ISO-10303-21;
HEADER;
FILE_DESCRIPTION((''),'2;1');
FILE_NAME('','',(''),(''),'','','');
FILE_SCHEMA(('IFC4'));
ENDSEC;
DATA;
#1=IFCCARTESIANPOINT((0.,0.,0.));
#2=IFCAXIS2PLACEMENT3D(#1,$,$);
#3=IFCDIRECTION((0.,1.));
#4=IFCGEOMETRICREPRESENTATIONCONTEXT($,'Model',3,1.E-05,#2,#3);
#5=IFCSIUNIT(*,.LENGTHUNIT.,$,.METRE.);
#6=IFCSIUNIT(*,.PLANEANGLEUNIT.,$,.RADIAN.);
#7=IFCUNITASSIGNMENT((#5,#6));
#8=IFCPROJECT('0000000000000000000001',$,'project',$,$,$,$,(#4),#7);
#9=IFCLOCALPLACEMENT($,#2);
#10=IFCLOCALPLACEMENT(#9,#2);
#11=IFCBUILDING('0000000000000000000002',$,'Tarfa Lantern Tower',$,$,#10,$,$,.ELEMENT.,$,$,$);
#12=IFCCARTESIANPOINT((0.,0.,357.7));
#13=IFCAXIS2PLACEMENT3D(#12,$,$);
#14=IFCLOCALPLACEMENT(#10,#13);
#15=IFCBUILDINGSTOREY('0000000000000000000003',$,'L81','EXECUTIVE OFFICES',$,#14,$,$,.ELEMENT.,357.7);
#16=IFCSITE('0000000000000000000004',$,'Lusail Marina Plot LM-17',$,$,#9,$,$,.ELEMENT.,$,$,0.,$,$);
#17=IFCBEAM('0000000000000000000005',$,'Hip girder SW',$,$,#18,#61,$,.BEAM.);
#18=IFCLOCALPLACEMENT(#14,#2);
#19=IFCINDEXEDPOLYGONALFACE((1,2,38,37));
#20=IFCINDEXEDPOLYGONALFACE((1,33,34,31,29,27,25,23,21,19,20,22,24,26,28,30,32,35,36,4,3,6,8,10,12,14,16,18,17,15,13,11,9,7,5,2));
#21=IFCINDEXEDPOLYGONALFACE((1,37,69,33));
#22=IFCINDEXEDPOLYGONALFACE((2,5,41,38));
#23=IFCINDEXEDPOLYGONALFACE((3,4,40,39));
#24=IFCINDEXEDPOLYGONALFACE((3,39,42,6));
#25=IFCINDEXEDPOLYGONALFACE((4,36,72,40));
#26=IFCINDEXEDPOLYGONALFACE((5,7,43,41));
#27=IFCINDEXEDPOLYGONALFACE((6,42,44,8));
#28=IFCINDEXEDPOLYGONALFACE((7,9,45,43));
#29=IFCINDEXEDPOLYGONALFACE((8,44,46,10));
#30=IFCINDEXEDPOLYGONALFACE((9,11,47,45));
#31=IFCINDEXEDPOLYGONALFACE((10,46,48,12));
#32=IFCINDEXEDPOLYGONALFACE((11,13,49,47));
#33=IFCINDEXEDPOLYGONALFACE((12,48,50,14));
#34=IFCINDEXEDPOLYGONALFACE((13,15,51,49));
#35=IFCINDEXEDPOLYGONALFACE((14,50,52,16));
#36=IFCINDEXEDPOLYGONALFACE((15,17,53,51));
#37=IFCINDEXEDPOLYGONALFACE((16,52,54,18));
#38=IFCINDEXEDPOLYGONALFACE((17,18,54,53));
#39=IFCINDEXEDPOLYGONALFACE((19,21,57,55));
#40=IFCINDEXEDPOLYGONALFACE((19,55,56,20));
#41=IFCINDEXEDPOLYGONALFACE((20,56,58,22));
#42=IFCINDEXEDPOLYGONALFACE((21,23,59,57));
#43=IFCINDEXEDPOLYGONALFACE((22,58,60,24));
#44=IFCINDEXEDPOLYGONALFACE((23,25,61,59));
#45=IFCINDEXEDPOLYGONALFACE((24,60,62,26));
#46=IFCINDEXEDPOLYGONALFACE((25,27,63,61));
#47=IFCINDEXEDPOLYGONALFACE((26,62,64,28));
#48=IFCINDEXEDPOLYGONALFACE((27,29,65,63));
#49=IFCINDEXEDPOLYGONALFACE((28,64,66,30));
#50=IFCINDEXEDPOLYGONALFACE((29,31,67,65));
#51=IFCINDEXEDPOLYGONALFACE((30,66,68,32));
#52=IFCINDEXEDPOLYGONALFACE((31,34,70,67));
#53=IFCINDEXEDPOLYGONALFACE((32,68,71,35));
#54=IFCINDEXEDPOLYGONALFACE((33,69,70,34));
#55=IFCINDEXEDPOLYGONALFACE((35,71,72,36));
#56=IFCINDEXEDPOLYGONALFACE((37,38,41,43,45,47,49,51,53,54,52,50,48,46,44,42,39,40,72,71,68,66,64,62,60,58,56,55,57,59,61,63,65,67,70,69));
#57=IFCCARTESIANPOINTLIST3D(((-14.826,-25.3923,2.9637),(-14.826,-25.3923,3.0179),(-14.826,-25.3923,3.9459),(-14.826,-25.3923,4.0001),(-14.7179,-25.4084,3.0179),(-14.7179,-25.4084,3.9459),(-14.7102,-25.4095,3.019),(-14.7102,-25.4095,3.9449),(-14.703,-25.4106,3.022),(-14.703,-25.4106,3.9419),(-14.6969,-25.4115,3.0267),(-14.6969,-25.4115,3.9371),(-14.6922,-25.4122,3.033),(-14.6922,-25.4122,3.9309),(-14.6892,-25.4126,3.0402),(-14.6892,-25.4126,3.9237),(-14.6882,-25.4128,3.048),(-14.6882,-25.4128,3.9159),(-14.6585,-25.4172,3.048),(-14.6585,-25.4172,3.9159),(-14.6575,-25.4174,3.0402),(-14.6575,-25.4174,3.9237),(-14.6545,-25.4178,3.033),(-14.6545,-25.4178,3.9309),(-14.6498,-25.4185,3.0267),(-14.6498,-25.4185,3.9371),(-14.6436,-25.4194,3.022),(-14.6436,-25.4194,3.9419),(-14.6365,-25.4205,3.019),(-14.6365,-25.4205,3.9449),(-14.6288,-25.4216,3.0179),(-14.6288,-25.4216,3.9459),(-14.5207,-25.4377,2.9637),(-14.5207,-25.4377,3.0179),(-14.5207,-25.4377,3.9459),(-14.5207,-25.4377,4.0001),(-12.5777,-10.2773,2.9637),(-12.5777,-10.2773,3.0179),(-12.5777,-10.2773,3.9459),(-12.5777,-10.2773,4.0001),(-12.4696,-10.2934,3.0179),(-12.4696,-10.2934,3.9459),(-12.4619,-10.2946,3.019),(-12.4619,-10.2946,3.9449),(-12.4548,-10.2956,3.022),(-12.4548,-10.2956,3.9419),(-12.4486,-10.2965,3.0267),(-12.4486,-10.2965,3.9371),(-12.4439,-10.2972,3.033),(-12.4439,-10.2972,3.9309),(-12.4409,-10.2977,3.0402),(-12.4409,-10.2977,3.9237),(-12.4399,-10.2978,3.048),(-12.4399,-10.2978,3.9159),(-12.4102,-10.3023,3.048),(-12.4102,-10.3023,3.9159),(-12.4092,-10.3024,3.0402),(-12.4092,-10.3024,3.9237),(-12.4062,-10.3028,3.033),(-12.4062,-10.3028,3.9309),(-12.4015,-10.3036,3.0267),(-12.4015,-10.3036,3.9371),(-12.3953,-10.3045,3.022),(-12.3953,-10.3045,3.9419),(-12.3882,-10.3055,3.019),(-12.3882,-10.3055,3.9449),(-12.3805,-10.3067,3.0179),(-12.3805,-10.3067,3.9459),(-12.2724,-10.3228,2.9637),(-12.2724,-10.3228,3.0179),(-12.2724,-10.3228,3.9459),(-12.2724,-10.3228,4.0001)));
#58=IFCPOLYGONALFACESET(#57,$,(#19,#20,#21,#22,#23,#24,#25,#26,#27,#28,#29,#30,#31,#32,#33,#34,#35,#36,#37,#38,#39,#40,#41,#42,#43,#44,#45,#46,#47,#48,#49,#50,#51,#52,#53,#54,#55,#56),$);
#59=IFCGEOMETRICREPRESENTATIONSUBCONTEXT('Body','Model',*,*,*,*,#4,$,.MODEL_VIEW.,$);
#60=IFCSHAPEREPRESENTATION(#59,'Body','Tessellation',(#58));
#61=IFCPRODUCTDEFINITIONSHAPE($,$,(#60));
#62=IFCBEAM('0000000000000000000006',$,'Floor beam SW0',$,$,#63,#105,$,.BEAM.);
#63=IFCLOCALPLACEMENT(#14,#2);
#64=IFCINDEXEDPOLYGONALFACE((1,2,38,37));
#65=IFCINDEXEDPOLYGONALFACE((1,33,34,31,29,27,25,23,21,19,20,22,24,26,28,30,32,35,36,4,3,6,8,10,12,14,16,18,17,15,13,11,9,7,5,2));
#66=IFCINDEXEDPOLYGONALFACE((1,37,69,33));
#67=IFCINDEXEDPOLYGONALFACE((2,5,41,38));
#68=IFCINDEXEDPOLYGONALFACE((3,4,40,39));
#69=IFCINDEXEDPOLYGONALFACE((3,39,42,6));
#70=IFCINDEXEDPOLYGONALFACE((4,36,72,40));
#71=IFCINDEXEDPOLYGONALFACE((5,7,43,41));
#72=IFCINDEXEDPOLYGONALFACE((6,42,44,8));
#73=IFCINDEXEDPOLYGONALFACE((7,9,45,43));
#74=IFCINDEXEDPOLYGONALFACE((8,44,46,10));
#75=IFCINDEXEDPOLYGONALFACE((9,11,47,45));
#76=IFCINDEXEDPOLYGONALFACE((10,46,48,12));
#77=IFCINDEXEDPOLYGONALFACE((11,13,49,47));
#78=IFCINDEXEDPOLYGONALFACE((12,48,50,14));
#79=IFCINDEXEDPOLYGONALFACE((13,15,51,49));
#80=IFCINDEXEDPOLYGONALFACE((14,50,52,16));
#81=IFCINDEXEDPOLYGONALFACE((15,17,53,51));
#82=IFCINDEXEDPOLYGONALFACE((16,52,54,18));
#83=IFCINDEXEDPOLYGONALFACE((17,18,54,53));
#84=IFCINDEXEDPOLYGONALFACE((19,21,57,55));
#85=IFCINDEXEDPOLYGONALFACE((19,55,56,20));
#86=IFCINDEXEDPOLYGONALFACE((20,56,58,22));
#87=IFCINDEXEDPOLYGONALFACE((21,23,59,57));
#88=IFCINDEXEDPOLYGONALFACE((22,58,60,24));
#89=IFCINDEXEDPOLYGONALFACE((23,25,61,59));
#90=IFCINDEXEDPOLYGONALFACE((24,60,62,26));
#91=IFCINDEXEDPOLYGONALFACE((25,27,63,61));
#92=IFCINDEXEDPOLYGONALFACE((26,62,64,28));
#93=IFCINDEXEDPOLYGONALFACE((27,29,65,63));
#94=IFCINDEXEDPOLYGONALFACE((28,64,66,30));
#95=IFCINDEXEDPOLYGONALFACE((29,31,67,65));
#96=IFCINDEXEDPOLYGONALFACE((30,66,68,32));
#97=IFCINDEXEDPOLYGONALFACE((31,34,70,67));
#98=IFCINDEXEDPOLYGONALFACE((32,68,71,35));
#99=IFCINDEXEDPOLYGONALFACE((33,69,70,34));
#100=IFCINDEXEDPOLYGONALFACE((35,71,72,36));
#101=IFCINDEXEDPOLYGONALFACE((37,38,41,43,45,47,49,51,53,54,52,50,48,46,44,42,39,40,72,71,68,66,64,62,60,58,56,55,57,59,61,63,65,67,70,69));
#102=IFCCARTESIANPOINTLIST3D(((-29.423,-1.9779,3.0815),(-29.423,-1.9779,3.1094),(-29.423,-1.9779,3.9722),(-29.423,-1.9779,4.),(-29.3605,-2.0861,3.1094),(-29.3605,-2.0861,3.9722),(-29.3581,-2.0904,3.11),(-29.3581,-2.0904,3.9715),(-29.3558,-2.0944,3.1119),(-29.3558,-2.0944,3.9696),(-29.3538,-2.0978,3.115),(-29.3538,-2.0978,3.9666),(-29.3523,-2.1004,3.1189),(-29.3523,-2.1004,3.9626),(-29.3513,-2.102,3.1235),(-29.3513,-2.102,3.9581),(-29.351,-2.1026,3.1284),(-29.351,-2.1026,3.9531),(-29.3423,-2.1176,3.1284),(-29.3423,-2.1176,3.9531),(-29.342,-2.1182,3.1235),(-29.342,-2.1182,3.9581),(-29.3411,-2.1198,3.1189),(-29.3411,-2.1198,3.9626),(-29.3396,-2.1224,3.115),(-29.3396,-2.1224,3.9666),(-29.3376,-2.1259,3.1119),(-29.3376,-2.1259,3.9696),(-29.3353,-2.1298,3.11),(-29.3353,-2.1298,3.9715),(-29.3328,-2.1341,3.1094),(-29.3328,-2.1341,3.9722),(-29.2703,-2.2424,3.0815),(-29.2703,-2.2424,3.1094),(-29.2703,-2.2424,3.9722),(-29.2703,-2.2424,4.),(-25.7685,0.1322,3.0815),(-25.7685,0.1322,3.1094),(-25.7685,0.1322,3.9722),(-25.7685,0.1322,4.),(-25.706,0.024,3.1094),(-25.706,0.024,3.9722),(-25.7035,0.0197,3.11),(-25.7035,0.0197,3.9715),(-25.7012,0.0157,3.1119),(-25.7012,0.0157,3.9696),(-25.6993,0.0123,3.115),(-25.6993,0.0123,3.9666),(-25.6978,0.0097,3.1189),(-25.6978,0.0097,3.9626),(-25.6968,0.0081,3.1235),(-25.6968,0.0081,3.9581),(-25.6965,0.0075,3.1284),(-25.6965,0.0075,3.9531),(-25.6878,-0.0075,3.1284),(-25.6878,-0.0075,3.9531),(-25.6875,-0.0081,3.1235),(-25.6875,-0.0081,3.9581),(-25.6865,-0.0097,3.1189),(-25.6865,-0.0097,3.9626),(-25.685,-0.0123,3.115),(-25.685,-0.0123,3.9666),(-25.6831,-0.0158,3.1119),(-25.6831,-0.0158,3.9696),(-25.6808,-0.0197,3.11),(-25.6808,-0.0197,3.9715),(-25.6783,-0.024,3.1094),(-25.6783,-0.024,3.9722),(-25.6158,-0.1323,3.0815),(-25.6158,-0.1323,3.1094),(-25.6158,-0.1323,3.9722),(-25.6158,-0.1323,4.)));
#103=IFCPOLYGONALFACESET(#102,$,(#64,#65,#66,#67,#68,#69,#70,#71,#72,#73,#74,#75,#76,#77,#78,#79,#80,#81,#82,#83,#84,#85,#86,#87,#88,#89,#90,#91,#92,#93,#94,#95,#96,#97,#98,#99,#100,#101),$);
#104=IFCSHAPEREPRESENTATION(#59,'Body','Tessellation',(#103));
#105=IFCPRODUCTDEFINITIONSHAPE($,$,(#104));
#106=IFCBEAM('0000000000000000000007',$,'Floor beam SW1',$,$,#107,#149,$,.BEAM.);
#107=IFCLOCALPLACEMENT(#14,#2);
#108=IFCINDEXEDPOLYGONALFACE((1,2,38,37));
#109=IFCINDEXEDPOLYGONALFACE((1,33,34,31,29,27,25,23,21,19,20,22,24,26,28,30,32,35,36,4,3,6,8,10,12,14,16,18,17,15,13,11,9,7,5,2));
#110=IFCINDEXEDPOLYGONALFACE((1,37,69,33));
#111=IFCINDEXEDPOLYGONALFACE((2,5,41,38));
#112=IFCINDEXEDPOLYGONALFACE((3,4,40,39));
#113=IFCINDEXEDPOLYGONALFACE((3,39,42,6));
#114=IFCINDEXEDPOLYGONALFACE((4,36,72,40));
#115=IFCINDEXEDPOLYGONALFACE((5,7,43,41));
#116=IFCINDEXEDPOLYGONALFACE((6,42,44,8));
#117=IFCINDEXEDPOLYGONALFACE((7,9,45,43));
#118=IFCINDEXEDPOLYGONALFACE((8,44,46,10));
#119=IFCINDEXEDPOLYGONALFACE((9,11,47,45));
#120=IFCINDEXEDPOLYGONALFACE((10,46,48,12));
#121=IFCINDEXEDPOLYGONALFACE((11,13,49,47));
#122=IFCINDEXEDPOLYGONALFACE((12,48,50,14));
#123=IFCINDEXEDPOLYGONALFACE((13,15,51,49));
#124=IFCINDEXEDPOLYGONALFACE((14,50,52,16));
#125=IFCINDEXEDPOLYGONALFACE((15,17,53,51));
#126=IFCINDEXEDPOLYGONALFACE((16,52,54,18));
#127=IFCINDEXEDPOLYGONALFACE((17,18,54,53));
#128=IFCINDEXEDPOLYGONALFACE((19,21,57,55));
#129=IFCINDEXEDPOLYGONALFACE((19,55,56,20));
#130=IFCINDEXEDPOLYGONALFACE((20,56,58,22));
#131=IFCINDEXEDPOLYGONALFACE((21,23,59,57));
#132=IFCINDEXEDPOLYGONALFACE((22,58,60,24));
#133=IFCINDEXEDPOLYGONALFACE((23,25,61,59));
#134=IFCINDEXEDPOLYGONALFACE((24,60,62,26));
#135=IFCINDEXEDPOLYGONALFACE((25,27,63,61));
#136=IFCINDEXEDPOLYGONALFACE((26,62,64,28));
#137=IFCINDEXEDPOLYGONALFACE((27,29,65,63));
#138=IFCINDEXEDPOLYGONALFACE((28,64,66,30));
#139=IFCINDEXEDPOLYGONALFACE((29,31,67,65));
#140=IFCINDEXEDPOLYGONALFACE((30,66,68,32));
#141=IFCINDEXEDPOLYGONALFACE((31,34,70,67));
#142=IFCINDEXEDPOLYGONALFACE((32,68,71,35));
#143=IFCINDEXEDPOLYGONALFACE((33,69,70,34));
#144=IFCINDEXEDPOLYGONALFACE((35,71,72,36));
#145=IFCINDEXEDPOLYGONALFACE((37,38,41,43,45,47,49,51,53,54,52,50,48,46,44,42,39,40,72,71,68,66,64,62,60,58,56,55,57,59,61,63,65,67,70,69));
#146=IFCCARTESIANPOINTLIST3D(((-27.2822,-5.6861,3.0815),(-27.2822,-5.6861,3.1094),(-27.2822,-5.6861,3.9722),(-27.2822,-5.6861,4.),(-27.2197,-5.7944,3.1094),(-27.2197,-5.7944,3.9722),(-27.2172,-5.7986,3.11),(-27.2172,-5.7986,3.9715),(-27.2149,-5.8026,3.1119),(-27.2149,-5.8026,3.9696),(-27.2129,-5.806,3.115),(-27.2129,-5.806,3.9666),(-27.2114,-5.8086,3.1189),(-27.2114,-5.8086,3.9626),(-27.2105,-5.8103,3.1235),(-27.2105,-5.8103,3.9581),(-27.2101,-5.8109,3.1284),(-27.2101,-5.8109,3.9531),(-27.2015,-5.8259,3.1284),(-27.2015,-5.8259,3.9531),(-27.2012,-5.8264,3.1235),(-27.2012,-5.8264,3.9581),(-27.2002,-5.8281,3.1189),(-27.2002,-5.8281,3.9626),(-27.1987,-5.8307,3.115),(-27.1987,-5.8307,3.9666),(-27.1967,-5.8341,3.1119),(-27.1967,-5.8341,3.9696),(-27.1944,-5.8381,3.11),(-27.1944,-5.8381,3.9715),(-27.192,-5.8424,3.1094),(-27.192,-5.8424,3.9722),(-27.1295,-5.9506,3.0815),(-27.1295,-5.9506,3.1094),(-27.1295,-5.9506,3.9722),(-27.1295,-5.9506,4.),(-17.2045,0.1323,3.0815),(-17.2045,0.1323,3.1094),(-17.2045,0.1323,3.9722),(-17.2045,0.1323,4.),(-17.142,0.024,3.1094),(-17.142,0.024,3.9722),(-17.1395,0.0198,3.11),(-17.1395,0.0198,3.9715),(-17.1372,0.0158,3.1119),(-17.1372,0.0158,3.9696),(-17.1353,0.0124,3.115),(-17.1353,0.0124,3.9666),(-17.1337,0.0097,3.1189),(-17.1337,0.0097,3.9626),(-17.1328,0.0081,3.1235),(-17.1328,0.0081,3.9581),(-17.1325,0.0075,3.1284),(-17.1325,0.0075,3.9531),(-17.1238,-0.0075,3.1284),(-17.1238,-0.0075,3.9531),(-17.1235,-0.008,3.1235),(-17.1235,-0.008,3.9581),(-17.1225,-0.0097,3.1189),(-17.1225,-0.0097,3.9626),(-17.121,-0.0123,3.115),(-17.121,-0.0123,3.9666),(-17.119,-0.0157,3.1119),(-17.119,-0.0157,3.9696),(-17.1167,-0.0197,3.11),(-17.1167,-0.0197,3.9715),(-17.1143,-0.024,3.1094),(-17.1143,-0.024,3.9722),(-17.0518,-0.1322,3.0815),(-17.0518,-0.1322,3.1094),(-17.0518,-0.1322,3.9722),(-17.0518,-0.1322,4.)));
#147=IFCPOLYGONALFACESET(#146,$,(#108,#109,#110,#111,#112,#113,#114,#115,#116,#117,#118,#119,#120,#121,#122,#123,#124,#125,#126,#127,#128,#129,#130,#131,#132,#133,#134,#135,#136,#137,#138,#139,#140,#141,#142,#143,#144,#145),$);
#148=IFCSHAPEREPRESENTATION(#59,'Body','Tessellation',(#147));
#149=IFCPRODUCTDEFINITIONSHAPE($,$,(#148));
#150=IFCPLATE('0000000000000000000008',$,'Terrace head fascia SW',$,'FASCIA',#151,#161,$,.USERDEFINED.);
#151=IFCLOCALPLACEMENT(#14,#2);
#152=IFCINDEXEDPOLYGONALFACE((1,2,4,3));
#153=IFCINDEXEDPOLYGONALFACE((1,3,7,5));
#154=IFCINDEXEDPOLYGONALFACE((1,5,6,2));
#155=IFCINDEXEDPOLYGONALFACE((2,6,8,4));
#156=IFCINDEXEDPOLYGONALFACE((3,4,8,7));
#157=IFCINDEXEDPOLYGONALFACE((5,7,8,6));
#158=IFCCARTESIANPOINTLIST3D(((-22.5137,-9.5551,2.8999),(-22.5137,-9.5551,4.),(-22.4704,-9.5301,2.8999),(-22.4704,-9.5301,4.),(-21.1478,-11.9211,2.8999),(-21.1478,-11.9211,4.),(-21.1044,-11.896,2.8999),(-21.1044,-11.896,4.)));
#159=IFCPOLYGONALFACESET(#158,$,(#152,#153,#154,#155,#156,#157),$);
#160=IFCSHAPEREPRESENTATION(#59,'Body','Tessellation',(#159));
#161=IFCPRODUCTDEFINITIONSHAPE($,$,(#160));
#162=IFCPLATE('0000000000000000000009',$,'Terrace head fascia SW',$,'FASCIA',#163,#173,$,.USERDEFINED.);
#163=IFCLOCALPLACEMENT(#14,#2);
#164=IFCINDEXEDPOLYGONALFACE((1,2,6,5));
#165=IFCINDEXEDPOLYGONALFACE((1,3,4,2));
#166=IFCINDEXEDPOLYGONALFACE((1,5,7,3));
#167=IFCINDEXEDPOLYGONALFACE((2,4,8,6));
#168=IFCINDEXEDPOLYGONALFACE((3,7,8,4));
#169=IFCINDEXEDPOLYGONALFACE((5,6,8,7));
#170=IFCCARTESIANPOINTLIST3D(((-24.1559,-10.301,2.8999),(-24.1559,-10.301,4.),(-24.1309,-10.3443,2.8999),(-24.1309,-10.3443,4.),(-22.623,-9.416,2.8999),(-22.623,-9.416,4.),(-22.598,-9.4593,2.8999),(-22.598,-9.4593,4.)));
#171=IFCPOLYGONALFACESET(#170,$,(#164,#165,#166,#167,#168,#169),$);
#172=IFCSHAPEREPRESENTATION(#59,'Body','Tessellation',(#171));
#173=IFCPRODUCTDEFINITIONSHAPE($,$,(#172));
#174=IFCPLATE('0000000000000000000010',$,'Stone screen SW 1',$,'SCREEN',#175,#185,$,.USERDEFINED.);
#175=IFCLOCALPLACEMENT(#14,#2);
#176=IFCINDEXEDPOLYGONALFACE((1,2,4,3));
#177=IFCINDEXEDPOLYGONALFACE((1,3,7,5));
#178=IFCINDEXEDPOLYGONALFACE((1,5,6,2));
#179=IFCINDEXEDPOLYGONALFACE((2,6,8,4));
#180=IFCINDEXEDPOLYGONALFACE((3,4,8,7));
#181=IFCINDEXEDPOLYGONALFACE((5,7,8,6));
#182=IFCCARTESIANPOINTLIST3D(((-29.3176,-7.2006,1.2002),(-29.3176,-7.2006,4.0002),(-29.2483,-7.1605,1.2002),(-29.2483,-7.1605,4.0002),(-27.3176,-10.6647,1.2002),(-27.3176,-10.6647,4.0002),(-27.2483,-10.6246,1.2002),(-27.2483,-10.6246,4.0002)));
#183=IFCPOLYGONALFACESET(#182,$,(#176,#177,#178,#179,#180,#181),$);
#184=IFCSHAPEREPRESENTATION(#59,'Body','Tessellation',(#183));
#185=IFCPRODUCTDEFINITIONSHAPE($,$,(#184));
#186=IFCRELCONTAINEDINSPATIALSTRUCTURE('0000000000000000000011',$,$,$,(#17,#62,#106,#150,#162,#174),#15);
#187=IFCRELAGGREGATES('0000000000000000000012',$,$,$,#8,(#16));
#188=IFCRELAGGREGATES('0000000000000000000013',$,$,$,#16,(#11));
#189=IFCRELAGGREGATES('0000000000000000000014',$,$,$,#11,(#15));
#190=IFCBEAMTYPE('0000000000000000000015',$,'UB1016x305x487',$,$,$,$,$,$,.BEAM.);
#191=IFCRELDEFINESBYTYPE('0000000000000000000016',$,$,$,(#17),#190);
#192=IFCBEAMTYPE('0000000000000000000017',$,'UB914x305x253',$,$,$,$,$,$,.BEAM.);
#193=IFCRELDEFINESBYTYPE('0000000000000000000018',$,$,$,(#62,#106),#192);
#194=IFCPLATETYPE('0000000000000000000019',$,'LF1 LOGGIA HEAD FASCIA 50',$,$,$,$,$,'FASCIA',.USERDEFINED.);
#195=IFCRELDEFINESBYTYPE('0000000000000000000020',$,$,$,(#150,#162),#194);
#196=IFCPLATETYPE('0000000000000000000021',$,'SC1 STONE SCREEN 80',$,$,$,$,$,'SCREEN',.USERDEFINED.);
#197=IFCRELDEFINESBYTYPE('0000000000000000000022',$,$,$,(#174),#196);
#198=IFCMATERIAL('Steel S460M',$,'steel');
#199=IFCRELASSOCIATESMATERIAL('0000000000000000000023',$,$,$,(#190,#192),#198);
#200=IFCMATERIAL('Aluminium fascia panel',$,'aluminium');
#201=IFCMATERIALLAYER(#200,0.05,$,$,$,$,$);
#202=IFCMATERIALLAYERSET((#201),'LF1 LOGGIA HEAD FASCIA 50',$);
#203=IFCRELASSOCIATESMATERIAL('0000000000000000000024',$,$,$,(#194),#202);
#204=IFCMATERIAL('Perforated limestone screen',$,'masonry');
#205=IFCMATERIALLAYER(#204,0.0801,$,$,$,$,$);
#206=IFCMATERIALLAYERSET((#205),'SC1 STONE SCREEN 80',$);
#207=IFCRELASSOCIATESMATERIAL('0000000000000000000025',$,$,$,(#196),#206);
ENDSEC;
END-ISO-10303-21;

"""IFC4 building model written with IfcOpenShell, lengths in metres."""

from ifc_helpers import new_model, si_unit, direction, frame, origin, origin_2d, place, context, subcontext, project, spatial, rectangle, i_section, extrude, material, layer, layer_set, material_profile, profile_set, type_object, element, save


model = new_model("IFC4")

# Units and contexts
model_context = context("Model", 3, precision=1e-05, world=origin(), true_north=direction((0.0, 1.0)))
body_context = subcontext(model_context, "Body", "Model", "MODEL_VIEW")
ifc_project = project(units=[si_unit("LENGTHUNIT", "METRE"), si_unit("PLANEANGLEUNIT", "RADIAN")], contexts=[model_context])

# Site, building, storey
site_placement = place(None, origin())
site = spatial("IfcSite", under=ifc_project, at=site_placement, Name="Lusail Marina Plot LM-17", CompositionType="ELEMENT", RefElevation=0.0)
building_placement = place(site_placement, origin())
building = spatial("IfcBuilding", under=site, at=building_placement, Name="Tarfa Lantern Tower", CompositionType="ELEMENT")
storey_placement = place(building_placement, frame((0.0, 0.0, 357.7)))
storey = spatial("IfcBuildingStorey", under=building, at=storey_placement, Name="L81", Description="EXECUTIVE OFFICES", CompositionType="ELEMENT", Elevation=357.7)

# Beams
ifc_material_1 = material(Name="Steel S460M", Category="steel")
ifc_material_profile_1 = material_profile(ifc_material_1, i_section(OverallWidth=0.3086, OverallDepth=1.0364, WebThickness=0.03, FlangeThickness=0.0542, FilletRadius=0.03, at=origin_2d()), Name="UB1016x305x487")
ifc_profile_set_1 = profile_set([ifc_material_profile_1], Name="Steel S460M")
beam_type_1 = type_object("IfcBeamType", Name="UB1016x305x487", PredefinedType="BEAM", material=ifc_profile_set_1)
beam_1_placement = place(storey_placement, frame((-12.425, -10.3, 3.4819), z_axis=(-0.147127, -0.989118, 0.0), x_axis=(0.989118, -0.147127, 0.0)))
element("IfcBeam", 1, at=beam_1_placement, inside=storey, type_object=beam_type_1, Name="Hip girder SW", PredefinedType="BEAM", context=body_context, shape_type="SweptSolid", body=[
    extrude(i_section(OverallWidth=0.3086, OverallDepth=1.0364, WebThickness=0.03, FlangeThickness=0.0542, FilletRadius=0.03, at=origin_2d()), origin(), (0.0, 0.0, 1.0), 15.2812),
])
ifc_material_profile_2 = material_profile(ifc_material_1, i_section(OverallWidth=0.3054, OverallDepth=0.9185, WebThickness=0.0173, FlangeThickness=0.0278, FilletRadius=0.019, at=origin_2d()), Name="UB914x305x253")
ifc_profile_set_2 = profile_set([ifc_material_profile_2], Name="Steel S460M")
beam_type_2 = type_object("IfcBeamType", Name="UB914x305x253", PredefinedType="BEAM", material=ifc_profile_set_2)
beam_2_placement = place(storey_placement, frame((-29.3467, -2.1101, 3.5408), z_axis=(0.866009, 0.500028, 0.0), x_axis=(-0.500028, 0.866009, 0.0)))
element("IfcBeam", 2, at=beam_2_placement, inside=storey, type_object=beam_type_2, Name="Floor beam SW0", PredefinedType="BEAM", context=body_context, shape_type="SweptSolid", body=[
    extrude(i_section(OverallWidth=0.3054, OverallDepth=0.9185, WebThickness=0.0173, FlangeThickness=0.0278, FilletRadius=0.019, at=origin_2d()), origin(), (0.0, 0.0, 1.0), 4.22),
])
beam_3_placement = place(storey_placement, frame((-27.2058, -5.8184, 3.5408), z_axis=(0.866024, 0.500002, 0.0), x_axis=(-0.500002, 0.866024, 0.0)))
element("IfcBeam", 3, at=beam_3_placement, inside=storey, type_object=beam_type_2, Name="Floor beam SW1", PredefinedType="BEAM", context=body_context, shape_type="SweptSolid", body=[
    extrude(i_section(OverallWidth=0.3054, OverallDepth=0.9185, WebThickness=0.0173, FlangeThickness=0.0278, FilletRadius=0.019, at=origin_2d()), origin(), (0.0, 0.0, 1.0), 11.6367),
])

# Plates
ifc_material_2 = material(Name="Aluminium fascia panel", Category="aluminium")
ifc_layer_1 = layer(ifc_material_2, 0.05)
ifc_layer_set_1 = layer_set([ifc_layer_1], Name="LF1 LOGGIA HEAD FASCIA 50")
plate_type_1 = type_object("IfcPlateType", Name="LF1 LOGGIA HEAD FASCIA 50", ElementType="FASCIA", PredefinedType="USERDEFINED", material=ifc_layer_set_1)
plate_1_placement = place(storey_placement, frame((-21.8091, -10.7256, 2.8999), z_axis=(0.0, 0.0, 1.0), x_axis=(0.5, -0.866025, 0.0)))
element("IfcPlate", 4, at=plate_1_placement, inside=storey, type_object=plate_type_1, Name="Terrace head fascia SW", ObjectType="FASCIA", PredefinedType="USERDEFINED", context=body_context, shape_type="SweptSolid", body=[
    extrude(rectangle(XDim=2.7319, YDim=0.05, at=origin_2d()), origin(), (0.0, 0.0, 1.0), 1.1001),
])
plate_2_placement = place(storey_placement, frame((-23.377, -9.8801, 2.8999), z_axis=(0.0, 0.0, 1.0), x_axis=(0.866025, 0.5, 0.0)))
element("IfcPlate", 5, at=plate_2_placement, inside=storey, type_object=plate_type_1, Name="Terrace head fascia SW", ObjectType="FASCIA", PredefinedType="USERDEFINED", context=body_context, shape_type="SweptSolid", body=[
    extrude(rectangle(XDim=1.77, YDim=0.05, at=origin_2d()), origin(), (0.0, 0.0, 1.0), 1.1001),
])
ifc_material_3 = material(Name="Perforated limestone screen", Category="masonry")
ifc_layer_2 = layer(ifc_material_3, 0.0801)
ifc_layer_set_2 = layer_set([ifc_layer_2], Name="SC1 STONE SCREEN 80")
plate_type_2 = type_object("IfcPlateType", Name="SC1 STONE SCREEN 80", ElementType="SCREEN", PredefinedType="USERDEFINED", material=ifc_layer_set_2)
plate_3_placement = place(storey_placement, frame((-28.283, -8.9126, 1.2002), z_axis=(0.0, 0.0, 1.0), x_axis=(0.5, -0.866025, 0.0)))
element("IfcPlate", 6, at=plate_3_placement, inside=storey, type_object=plate_type_2, Name="Stone screen SW 1", ObjectType="SCREEN", PredefinedType="USERDEFINED", context=body_context, shape_type="SweptSolid", body=[
    extrude(rectangle(XDim=4.0, YDim=0.0801, at=origin_2d()), origin(), (0.0, 0.0, 1.0), 2.8),
])

save(model, "model.ifc")
